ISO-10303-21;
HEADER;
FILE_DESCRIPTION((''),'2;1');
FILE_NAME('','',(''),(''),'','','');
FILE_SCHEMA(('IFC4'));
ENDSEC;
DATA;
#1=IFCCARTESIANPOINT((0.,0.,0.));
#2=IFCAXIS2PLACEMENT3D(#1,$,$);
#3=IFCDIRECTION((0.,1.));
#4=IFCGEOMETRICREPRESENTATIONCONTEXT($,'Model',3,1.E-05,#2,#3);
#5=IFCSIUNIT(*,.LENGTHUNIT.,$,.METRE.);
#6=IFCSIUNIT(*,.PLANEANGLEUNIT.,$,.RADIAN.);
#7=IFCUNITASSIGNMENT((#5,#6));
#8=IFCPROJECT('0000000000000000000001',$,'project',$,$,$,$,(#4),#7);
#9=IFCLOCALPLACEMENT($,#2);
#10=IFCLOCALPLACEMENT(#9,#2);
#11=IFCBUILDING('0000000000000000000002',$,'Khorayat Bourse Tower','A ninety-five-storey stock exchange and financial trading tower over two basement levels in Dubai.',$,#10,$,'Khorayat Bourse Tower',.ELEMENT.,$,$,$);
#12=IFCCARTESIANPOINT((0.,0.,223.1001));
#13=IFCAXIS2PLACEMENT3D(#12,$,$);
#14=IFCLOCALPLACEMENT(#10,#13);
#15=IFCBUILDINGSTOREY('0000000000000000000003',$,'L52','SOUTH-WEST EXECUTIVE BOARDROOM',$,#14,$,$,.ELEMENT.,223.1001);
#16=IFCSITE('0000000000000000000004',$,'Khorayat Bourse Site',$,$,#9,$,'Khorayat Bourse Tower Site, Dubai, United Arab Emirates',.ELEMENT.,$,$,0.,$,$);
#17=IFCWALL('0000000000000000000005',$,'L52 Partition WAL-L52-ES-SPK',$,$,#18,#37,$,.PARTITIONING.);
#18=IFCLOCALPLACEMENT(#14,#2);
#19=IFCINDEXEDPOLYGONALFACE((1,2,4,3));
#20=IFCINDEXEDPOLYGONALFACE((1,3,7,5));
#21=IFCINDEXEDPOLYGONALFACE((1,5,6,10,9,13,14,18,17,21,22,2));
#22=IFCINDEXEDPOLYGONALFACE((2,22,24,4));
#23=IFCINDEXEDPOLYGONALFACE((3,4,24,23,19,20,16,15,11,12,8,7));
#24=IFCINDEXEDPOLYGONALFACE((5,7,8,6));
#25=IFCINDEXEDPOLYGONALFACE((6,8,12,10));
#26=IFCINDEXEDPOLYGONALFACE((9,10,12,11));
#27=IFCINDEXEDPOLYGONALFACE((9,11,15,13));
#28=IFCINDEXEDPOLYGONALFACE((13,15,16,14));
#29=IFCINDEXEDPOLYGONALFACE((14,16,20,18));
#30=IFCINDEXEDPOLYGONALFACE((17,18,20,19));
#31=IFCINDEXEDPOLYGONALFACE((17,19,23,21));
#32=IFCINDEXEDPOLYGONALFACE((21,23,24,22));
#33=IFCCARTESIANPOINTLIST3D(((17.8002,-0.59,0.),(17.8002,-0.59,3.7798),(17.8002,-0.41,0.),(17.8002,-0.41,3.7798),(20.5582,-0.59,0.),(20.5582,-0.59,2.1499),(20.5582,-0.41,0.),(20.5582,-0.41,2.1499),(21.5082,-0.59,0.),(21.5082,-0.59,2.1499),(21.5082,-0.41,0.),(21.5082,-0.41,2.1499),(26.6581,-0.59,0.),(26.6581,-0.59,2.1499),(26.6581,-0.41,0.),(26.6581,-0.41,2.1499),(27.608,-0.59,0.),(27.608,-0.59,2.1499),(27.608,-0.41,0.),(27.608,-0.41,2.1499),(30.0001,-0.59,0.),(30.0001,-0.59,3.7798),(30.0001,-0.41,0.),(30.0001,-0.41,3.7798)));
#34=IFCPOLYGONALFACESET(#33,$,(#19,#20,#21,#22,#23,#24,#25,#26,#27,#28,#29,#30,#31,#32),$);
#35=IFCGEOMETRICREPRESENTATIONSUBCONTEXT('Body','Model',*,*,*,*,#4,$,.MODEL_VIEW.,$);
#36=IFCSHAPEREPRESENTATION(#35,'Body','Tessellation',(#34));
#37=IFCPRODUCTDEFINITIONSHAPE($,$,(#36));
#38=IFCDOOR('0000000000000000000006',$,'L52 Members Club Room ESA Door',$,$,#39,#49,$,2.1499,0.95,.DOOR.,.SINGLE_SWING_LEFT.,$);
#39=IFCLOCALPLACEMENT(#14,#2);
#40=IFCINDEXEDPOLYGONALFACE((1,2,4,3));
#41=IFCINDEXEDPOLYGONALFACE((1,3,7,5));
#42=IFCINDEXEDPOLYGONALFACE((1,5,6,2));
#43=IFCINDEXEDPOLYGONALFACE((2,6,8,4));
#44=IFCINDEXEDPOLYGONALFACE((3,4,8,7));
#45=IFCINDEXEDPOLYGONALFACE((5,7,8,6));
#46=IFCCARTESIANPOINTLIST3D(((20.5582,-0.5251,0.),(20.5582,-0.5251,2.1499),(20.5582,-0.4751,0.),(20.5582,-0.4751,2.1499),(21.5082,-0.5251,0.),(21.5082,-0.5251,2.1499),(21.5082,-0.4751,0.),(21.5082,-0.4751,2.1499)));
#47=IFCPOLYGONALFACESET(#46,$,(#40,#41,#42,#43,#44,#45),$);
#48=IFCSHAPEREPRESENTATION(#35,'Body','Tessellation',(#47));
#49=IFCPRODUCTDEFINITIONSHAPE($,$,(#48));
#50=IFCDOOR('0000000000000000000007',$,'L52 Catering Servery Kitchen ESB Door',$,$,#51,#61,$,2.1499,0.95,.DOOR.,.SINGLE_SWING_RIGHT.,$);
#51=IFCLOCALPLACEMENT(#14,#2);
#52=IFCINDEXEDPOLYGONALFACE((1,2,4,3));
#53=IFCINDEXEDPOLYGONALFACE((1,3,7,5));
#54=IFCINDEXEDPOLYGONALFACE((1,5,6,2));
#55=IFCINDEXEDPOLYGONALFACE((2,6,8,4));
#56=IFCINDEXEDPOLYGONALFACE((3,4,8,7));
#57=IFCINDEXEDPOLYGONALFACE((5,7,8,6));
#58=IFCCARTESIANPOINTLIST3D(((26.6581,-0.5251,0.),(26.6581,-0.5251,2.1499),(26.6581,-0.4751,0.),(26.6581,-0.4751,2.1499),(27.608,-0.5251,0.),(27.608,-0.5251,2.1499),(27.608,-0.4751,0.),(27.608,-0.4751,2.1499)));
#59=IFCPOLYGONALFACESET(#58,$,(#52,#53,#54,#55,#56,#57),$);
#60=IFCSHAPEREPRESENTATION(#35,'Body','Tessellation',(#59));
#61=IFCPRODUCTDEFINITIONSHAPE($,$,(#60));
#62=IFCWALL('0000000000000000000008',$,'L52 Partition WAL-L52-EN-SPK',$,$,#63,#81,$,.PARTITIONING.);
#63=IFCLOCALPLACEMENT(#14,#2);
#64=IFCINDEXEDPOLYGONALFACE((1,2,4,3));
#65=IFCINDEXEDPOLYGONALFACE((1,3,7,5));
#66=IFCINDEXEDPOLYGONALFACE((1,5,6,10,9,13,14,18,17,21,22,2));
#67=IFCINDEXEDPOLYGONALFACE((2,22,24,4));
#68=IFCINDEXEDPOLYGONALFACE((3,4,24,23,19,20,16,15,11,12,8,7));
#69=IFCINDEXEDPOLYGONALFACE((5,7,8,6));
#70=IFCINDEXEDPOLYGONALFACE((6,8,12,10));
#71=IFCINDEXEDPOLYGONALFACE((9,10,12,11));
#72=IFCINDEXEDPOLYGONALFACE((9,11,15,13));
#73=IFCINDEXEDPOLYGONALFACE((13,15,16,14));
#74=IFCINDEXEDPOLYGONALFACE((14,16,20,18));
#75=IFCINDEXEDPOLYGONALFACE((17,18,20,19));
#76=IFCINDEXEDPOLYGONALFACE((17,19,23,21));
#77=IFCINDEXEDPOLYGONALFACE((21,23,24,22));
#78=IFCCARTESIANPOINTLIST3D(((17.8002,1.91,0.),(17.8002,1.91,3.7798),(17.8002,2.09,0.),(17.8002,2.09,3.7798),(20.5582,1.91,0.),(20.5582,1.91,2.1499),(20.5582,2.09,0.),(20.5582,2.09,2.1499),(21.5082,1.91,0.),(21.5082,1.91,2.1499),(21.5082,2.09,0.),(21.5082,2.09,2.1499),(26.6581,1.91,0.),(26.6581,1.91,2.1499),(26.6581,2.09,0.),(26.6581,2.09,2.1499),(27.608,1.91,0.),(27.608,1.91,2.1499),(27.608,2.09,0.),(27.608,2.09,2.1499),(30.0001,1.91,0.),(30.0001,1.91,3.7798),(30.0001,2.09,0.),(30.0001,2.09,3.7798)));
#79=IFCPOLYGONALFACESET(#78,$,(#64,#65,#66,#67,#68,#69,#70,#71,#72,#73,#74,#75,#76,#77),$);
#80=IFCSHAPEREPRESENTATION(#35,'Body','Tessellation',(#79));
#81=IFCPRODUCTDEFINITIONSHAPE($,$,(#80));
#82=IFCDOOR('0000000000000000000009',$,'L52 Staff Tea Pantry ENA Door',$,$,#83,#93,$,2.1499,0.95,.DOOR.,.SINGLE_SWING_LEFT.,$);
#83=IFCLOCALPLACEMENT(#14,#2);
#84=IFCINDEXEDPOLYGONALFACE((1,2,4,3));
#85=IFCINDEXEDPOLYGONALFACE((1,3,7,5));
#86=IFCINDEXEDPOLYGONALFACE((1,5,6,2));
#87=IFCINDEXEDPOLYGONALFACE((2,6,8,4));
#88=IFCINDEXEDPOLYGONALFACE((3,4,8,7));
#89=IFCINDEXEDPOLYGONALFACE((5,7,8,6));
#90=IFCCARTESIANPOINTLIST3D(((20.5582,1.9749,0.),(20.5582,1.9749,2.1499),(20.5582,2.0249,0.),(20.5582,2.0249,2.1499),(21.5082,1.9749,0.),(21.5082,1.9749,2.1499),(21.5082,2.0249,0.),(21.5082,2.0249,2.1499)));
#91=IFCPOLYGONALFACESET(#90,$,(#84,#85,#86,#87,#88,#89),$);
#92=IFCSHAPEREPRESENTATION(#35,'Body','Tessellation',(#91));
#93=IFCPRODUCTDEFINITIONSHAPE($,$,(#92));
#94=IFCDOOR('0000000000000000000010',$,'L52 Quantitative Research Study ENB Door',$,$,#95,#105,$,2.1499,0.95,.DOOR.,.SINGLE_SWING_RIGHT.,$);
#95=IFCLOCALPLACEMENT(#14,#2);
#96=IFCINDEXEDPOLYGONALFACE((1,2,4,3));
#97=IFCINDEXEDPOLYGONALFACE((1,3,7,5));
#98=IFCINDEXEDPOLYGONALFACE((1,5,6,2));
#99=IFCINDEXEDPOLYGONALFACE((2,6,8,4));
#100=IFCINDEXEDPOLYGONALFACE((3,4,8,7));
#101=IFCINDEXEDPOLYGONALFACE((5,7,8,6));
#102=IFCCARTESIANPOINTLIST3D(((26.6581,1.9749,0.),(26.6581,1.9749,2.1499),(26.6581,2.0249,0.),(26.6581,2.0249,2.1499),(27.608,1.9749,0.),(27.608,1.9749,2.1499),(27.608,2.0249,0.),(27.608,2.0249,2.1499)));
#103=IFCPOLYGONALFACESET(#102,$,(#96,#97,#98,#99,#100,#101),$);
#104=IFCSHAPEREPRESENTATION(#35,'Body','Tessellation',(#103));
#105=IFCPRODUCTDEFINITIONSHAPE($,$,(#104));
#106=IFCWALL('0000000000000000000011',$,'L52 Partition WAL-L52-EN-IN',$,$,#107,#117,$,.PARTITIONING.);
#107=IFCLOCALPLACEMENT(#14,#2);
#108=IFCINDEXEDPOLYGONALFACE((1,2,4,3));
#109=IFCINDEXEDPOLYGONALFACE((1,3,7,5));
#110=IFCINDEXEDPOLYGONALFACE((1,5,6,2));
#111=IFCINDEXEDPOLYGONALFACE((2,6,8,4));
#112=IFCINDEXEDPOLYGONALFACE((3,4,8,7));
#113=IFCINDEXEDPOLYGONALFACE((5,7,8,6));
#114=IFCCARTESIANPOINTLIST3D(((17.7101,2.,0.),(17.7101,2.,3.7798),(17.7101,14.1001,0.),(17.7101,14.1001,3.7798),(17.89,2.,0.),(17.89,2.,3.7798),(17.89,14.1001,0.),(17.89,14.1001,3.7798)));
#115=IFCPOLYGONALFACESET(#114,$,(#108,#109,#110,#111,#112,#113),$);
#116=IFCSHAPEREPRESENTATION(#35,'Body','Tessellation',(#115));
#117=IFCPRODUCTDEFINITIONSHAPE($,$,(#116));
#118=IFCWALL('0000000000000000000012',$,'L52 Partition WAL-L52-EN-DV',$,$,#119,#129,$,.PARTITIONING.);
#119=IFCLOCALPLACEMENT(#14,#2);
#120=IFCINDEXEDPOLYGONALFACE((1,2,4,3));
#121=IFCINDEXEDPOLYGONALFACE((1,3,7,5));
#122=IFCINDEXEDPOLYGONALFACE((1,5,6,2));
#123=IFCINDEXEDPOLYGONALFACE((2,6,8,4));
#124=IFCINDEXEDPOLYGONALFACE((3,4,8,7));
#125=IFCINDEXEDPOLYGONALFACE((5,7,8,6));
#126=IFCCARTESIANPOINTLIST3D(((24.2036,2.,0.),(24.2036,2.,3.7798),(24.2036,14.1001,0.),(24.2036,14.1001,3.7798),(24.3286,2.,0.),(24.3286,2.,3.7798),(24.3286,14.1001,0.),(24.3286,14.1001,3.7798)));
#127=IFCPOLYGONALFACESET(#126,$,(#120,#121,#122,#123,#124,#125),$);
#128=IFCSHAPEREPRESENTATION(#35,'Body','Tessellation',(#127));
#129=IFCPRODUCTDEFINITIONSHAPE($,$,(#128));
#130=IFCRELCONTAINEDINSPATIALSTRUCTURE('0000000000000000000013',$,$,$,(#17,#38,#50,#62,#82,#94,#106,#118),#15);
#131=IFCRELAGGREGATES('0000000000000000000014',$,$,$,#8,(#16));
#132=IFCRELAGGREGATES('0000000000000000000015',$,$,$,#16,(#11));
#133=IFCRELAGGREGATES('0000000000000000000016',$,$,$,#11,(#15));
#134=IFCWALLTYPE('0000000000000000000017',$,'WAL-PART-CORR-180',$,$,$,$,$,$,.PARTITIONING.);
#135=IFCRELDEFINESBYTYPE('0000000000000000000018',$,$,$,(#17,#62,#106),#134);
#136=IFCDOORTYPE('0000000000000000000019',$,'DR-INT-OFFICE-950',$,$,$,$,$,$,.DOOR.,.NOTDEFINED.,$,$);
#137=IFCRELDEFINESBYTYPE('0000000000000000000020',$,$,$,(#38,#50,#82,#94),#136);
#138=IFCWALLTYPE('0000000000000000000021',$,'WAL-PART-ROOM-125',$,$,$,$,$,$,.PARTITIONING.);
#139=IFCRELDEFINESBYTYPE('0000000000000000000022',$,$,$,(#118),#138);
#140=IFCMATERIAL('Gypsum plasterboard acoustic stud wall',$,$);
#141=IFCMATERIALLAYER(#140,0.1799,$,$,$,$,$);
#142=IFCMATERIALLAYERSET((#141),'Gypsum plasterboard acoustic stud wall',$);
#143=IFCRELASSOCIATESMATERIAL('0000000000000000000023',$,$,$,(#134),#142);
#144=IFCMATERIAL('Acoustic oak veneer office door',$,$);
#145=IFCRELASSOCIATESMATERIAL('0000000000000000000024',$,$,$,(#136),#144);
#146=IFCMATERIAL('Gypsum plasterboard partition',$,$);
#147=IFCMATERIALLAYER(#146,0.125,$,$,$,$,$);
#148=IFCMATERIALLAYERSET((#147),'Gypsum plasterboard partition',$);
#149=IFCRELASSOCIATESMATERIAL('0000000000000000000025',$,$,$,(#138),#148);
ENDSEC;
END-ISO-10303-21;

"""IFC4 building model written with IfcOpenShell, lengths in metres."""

from ifc_helpers import new_model, si_unit, direction, frame, frame_2d, origin, place, context, subcontext, project, spatial, rectangle, extrude, source, transform, mapped, material, layer, layer_set, type_object, element, fill, save


model = new_model("IFC4")

# Units and contexts
model_context = context("Model", 3, precision=1e-05, world=origin(), true_north=direction((0.0, 1.0)))
body_context = subcontext(model_context, "Body", "Model", "MODEL_VIEW")
ifc_project = project(units=[si_unit("LENGTHUNIT", "METRE"), si_unit("PLANEANGLEUNIT", "RADIAN")], contexts=[model_context])

# Site, building, storey
site_placement = place(None, origin())
site = spatial("IfcSite", under=ifc_project, at=site_placement, Name="Khorayat Bourse Site", LongName="Khorayat Bourse Tower Site, Dubai, United Arab Emirates", CompositionType="ELEMENT", RefElevation=0.0)
building_placement = place(site_placement, origin())
building = spatial("IfcBuilding", under=site, at=building_placement, Name="Khorayat Bourse Tower", Description="A ninety-five-storey stock exchange and financial trading tower over two basement levels in Dubai.", LongName="Khorayat Bourse Tower", CompositionType="ELEMENT")
storey_placement = place(building_placement, frame((0.0, 0.0, 223.1001)))
storey = spatial("IfcBuildingStorey", under=building, at=storey_placement, Name="L52", Description="SOUTH-WEST EXECUTIVE BOARDROOM", CompositionType="ELEMENT", Elevation=223.1001)

# Shared definitions
ifc_material_1 = material(Name="Gypsum plasterboard acoustic stud wall")
ifc_layer_1 = layer(ifc_material_1, 0.1799)
ifc_layer_set_1 = layer_set([ifc_layer_1], Name="Gypsum plasterboard acoustic stud wall")
wall_type_1 = type_object("IfcWallType", Name="WAL-PART-CORR-180", PredefinedType="PARTITIONING", material=ifc_layer_set_1)

# Walls, openings, doors
shared_shape_1 = source(origin(), body_context, "Body", "SweptSolid", [
    extrude(rectangle(XDim=12.2, YDim=0.1799, at=frame_2d((6.1001, 0.0))), origin(), (0.0, 0.0, 1.0), 3.7798),
])
wall_1_placement = place(storey_placement, frame((17.8, -0.5, 0.0), z_axis=(0.0, 0.0, 1.0), x_axis=(1.0, 0.0, 0.0)))
wall_1 = element("IfcWall", 1, at=wall_1_placement, inside=storey, type_object=wall_type_1, Name="L52 Partition WAL-L52-ES-SPK", PredefinedType="PARTITIONING", context=body_context, shape_type="MappedRepresentation", body=[
    mapped(shared_shape_1, transform((0.0, 0.0, 0.0), scale=1.0)),
])
shared_shape_2 = source(origin(), body_context, "Body", "SweptSolid", [
    extrude(rectangle(XDim=0.95, YDim=2.1499, at=frame_2d((0.4751, 1.075))), frame((0.0, 0.0999, 0.0), z_axis=(0.0, -1.0, 0.0), x_axis=(1.0, 0.0, 0.0)), (0.0, 0.0, 1.0), 0.2),
])
opening_1_placement = place(wall_1_placement, frame((2.7581, 0.0, 0.0)))
opening_1 = element("IfcOpeningElement", 2, at=opening_1_placement, cuts=wall_1, PredefinedType="OPENING", context=body_context, shape_type="MappedRepresentation", body=[
    mapped(shared_shape_2, transform((0.0, 0.0, 0.0), scale=1.0)),
])
opening_2_placement = place(wall_1_placement, frame((8.8579, 0.0, 0.0)))
opening_2 = element("IfcOpeningElement", 3, at=opening_2_placement, cuts=wall_1, PredefinedType="OPENING", context=body_context, shape_type="MappedRepresentation", body=[
    mapped(shared_shape_2, transform((0.0, 0.0, 0.0), scale=1.0)),
])
ifc_material_2 = material(Name="Acoustic oak veneer office door")
door_type = type_object("IfcDoorType", Name="DR-INT-OFFICE-950", OperationType="NOTDEFINED", PredefinedType="DOOR", material=ifc_material_2)
shared_shape_3 = source(origin(), body_context, "Body", "SweptSolid", [
    extrude(rectangle(XDim=0.95, YDim=2.1499, at=frame_2d((0.4751, 1.075))), frame((0.0, 0.0249, 0.0), z_axis=(0.0, -1.0, 0.0), x_axis=(1.0, 0.0, 0.0)), (0.0, 0.0, 1.0), 0.05),
])
door_1_placement = place(opening_1_placement, origin())
door_1 = element("IfcDoor", 4, at=door_1_placement, inside=storey, type_object=door_type, Name="L52 Members Club Room ESA Door", OperationType="SINGLE_SWING_LEFT", OverallHeight=2.1499, OverallWidth=0.95, PredefinedType="DOOR", context=body_context, shape_type="MappedRepresentation", body=[
    mapped(shared_shape_3, transform((0.0, 0.0, 0.0), scale=1.0)),
])
fill(opening_1, door_1)
door_2_placement = place(opening_2_placement, origin())
door_2 = element("IfcDoor", 5, at=door_2_placement, inside=storey, type_object=door_type, Name="L52 Catering Servery Kitchen ESB Door", OperationType="SINGLE_SWING_RIGHT", OverallHeight=2.1499, OverallWidth=0.95, PredefinedType="DOOR", context=body_context, shape_type="MappedRepresentation", body=[
    mapped(shared_shape_3, transform((0.0, 0.0, 0.0), scale=1.0)),
])
fill(opening_2, door_2)
wall_2_placement = place(storey_placement, frame((17.8, 2.0, 0.0), z_axis=(0.0, 0.0, 1.0), x_axis=(1.0, 0.0, 0.0)))
wall_2 = element("IfcWall", 6, at=wall_2_placement, inside=storey, type_object=wall_type_1, Name="L52 Partition WAL-L52-EN-SPK", PredefinedType="PARTITIONING", context=body_context, shape_type="MappedRepresentation", body=[
    mapped(shared_shape_1, transform((0.0, 0.0, 0.0), scale=1.0)),
])
opening_3_placement = place(wall_2_placement, frame((2.7581, 0.0, 0.0)))
opening_3 = element("IfcOpeningElement", 7, at=opening_3_placement, cuts=wall_2, PredefinedType="OPENING", context=body_context, shape_type="MappedRepresentation", body=[
    mapped(shared_shape_2, transform((0.0, 0.0, 0.0), scale=1.0)),
])
opening_4_placement = place(wall_2_placement, frame((8.8579, 0.0, 0.0)))
opening_4 = element("IfcOpeningElement", 8, at=opening_4_placement, cuts=wall_2, PredefinedType="OPENING", context=body_context, shape_type="MappedRepresentation", body=[
    mapped(shared_shape_2, transform((0.0, 0.0, 0.0), scale=1.0)),
])
door_3_placement = place(opening_3_placement, origin())
door_3 = element("IfcDoor", 9, at=door_3_placement, inside=storey, type_object=door_type, Name="L52 Staff Tea Pantry ENA Door", OperationType="SINGLE_SWING_LEFT", OverallHeight=2.1499, OverallWidth=0.95, PredefinedType="DOOR", context=body_context, shape_type="MappedRepresentation", body=[
    mapped(shared_shape_3, transform((0.0, 0.0, 0.0), scale=1.0)),
])
fill(opening_3, door_3)
door_4_placement = place(opening_4_placement, origin())
door_4 = element("IfcDoor", 10, at=door_4_placement, inside=storey, type_object=door_type, Name="L52 Quantitative Research Study ENB Door", OperationType="SINGLE_SWING_RIGHT", OverallHeight=2.1499, OverallWidth=0.95, PredefinedType="DOOR", context=body_context, shape_type="MappedRepresentation", body=[
    mapped(shared_shape_3, transform((0.0, 0.0, 0.0), scale=1.0)),
])
fill(opening_4, door_4)

# Walls
shared_shape_4 = source(origin(), body_context, "Body", "SweptSolid", [
    extrude(rectangle(XDim=12.1001, YDim=0.1799, at=frame_2d((6.05, 0.0))), origin(), (0.0, 0.0, 1.0), 3.7798),
])
wall_3_placement = place(storey_placement, frame((17.8, 2.0, 0.0), z_axis=(0.0, 0.0, 1.0), x_axis=(0.0, 1.0, 0.0)))
element("IfcWall", 11, at=wall_3_placement, inside=storey, type_object=wall_type_1, Name="L52 Partition WAL-L52-EN-IN", PredefinedType="PARTITIONING", context=body_context, shape_type="MappedRepresentation", body=[
    mapped(shared_shape_4, transform((0.0, 0.0, 0.0), scale=1.0)),
])
ifc_material_3 = material(Name="Gypsum plasterboard partition")
ifc_layer_2 = layer(ifc_material_3, 0.125)
ifc_layer_set_2 = layer_set([ifc_layer_2], Name="Gypsum plasterboard partition")
wall_type_2 = type_object("IfcWallType", Name="WAL-PART-ROOM-125", PredefinedType="PARTITIONING", material=ifc_layer_set_2)
shared_shape_5 = source(origin(), body_context, "Body", "SweptSolid", [
    extrude(rectangle(XDim=12.1001, YDim=0.125, at=frame_2d((6.05, 0.0))), origin(), (0.0, 0.0, 1.0), 3.7798),
])
wall_4_placement = place(storey_placement, frame((24.2661, 2.0, 0.0), z_axis=(0.0, 0.0, 1.0), x_axis=(0.0, 1.0, 0.0)))
element("IfcWall", 12, at=wall_4_placement, inside=storey, type_object=wall_type_2, Name="L52 Partition WAL-L52-EN-DV", PredefinedType="PARTITIONING", context=body_context, shape_type="MappedRepresentation", body=[
    mapped(shared_shape_5, transform((0.0, 0.0, 0.0), scale=1.0)),
])

save(model, "model.ifc")
